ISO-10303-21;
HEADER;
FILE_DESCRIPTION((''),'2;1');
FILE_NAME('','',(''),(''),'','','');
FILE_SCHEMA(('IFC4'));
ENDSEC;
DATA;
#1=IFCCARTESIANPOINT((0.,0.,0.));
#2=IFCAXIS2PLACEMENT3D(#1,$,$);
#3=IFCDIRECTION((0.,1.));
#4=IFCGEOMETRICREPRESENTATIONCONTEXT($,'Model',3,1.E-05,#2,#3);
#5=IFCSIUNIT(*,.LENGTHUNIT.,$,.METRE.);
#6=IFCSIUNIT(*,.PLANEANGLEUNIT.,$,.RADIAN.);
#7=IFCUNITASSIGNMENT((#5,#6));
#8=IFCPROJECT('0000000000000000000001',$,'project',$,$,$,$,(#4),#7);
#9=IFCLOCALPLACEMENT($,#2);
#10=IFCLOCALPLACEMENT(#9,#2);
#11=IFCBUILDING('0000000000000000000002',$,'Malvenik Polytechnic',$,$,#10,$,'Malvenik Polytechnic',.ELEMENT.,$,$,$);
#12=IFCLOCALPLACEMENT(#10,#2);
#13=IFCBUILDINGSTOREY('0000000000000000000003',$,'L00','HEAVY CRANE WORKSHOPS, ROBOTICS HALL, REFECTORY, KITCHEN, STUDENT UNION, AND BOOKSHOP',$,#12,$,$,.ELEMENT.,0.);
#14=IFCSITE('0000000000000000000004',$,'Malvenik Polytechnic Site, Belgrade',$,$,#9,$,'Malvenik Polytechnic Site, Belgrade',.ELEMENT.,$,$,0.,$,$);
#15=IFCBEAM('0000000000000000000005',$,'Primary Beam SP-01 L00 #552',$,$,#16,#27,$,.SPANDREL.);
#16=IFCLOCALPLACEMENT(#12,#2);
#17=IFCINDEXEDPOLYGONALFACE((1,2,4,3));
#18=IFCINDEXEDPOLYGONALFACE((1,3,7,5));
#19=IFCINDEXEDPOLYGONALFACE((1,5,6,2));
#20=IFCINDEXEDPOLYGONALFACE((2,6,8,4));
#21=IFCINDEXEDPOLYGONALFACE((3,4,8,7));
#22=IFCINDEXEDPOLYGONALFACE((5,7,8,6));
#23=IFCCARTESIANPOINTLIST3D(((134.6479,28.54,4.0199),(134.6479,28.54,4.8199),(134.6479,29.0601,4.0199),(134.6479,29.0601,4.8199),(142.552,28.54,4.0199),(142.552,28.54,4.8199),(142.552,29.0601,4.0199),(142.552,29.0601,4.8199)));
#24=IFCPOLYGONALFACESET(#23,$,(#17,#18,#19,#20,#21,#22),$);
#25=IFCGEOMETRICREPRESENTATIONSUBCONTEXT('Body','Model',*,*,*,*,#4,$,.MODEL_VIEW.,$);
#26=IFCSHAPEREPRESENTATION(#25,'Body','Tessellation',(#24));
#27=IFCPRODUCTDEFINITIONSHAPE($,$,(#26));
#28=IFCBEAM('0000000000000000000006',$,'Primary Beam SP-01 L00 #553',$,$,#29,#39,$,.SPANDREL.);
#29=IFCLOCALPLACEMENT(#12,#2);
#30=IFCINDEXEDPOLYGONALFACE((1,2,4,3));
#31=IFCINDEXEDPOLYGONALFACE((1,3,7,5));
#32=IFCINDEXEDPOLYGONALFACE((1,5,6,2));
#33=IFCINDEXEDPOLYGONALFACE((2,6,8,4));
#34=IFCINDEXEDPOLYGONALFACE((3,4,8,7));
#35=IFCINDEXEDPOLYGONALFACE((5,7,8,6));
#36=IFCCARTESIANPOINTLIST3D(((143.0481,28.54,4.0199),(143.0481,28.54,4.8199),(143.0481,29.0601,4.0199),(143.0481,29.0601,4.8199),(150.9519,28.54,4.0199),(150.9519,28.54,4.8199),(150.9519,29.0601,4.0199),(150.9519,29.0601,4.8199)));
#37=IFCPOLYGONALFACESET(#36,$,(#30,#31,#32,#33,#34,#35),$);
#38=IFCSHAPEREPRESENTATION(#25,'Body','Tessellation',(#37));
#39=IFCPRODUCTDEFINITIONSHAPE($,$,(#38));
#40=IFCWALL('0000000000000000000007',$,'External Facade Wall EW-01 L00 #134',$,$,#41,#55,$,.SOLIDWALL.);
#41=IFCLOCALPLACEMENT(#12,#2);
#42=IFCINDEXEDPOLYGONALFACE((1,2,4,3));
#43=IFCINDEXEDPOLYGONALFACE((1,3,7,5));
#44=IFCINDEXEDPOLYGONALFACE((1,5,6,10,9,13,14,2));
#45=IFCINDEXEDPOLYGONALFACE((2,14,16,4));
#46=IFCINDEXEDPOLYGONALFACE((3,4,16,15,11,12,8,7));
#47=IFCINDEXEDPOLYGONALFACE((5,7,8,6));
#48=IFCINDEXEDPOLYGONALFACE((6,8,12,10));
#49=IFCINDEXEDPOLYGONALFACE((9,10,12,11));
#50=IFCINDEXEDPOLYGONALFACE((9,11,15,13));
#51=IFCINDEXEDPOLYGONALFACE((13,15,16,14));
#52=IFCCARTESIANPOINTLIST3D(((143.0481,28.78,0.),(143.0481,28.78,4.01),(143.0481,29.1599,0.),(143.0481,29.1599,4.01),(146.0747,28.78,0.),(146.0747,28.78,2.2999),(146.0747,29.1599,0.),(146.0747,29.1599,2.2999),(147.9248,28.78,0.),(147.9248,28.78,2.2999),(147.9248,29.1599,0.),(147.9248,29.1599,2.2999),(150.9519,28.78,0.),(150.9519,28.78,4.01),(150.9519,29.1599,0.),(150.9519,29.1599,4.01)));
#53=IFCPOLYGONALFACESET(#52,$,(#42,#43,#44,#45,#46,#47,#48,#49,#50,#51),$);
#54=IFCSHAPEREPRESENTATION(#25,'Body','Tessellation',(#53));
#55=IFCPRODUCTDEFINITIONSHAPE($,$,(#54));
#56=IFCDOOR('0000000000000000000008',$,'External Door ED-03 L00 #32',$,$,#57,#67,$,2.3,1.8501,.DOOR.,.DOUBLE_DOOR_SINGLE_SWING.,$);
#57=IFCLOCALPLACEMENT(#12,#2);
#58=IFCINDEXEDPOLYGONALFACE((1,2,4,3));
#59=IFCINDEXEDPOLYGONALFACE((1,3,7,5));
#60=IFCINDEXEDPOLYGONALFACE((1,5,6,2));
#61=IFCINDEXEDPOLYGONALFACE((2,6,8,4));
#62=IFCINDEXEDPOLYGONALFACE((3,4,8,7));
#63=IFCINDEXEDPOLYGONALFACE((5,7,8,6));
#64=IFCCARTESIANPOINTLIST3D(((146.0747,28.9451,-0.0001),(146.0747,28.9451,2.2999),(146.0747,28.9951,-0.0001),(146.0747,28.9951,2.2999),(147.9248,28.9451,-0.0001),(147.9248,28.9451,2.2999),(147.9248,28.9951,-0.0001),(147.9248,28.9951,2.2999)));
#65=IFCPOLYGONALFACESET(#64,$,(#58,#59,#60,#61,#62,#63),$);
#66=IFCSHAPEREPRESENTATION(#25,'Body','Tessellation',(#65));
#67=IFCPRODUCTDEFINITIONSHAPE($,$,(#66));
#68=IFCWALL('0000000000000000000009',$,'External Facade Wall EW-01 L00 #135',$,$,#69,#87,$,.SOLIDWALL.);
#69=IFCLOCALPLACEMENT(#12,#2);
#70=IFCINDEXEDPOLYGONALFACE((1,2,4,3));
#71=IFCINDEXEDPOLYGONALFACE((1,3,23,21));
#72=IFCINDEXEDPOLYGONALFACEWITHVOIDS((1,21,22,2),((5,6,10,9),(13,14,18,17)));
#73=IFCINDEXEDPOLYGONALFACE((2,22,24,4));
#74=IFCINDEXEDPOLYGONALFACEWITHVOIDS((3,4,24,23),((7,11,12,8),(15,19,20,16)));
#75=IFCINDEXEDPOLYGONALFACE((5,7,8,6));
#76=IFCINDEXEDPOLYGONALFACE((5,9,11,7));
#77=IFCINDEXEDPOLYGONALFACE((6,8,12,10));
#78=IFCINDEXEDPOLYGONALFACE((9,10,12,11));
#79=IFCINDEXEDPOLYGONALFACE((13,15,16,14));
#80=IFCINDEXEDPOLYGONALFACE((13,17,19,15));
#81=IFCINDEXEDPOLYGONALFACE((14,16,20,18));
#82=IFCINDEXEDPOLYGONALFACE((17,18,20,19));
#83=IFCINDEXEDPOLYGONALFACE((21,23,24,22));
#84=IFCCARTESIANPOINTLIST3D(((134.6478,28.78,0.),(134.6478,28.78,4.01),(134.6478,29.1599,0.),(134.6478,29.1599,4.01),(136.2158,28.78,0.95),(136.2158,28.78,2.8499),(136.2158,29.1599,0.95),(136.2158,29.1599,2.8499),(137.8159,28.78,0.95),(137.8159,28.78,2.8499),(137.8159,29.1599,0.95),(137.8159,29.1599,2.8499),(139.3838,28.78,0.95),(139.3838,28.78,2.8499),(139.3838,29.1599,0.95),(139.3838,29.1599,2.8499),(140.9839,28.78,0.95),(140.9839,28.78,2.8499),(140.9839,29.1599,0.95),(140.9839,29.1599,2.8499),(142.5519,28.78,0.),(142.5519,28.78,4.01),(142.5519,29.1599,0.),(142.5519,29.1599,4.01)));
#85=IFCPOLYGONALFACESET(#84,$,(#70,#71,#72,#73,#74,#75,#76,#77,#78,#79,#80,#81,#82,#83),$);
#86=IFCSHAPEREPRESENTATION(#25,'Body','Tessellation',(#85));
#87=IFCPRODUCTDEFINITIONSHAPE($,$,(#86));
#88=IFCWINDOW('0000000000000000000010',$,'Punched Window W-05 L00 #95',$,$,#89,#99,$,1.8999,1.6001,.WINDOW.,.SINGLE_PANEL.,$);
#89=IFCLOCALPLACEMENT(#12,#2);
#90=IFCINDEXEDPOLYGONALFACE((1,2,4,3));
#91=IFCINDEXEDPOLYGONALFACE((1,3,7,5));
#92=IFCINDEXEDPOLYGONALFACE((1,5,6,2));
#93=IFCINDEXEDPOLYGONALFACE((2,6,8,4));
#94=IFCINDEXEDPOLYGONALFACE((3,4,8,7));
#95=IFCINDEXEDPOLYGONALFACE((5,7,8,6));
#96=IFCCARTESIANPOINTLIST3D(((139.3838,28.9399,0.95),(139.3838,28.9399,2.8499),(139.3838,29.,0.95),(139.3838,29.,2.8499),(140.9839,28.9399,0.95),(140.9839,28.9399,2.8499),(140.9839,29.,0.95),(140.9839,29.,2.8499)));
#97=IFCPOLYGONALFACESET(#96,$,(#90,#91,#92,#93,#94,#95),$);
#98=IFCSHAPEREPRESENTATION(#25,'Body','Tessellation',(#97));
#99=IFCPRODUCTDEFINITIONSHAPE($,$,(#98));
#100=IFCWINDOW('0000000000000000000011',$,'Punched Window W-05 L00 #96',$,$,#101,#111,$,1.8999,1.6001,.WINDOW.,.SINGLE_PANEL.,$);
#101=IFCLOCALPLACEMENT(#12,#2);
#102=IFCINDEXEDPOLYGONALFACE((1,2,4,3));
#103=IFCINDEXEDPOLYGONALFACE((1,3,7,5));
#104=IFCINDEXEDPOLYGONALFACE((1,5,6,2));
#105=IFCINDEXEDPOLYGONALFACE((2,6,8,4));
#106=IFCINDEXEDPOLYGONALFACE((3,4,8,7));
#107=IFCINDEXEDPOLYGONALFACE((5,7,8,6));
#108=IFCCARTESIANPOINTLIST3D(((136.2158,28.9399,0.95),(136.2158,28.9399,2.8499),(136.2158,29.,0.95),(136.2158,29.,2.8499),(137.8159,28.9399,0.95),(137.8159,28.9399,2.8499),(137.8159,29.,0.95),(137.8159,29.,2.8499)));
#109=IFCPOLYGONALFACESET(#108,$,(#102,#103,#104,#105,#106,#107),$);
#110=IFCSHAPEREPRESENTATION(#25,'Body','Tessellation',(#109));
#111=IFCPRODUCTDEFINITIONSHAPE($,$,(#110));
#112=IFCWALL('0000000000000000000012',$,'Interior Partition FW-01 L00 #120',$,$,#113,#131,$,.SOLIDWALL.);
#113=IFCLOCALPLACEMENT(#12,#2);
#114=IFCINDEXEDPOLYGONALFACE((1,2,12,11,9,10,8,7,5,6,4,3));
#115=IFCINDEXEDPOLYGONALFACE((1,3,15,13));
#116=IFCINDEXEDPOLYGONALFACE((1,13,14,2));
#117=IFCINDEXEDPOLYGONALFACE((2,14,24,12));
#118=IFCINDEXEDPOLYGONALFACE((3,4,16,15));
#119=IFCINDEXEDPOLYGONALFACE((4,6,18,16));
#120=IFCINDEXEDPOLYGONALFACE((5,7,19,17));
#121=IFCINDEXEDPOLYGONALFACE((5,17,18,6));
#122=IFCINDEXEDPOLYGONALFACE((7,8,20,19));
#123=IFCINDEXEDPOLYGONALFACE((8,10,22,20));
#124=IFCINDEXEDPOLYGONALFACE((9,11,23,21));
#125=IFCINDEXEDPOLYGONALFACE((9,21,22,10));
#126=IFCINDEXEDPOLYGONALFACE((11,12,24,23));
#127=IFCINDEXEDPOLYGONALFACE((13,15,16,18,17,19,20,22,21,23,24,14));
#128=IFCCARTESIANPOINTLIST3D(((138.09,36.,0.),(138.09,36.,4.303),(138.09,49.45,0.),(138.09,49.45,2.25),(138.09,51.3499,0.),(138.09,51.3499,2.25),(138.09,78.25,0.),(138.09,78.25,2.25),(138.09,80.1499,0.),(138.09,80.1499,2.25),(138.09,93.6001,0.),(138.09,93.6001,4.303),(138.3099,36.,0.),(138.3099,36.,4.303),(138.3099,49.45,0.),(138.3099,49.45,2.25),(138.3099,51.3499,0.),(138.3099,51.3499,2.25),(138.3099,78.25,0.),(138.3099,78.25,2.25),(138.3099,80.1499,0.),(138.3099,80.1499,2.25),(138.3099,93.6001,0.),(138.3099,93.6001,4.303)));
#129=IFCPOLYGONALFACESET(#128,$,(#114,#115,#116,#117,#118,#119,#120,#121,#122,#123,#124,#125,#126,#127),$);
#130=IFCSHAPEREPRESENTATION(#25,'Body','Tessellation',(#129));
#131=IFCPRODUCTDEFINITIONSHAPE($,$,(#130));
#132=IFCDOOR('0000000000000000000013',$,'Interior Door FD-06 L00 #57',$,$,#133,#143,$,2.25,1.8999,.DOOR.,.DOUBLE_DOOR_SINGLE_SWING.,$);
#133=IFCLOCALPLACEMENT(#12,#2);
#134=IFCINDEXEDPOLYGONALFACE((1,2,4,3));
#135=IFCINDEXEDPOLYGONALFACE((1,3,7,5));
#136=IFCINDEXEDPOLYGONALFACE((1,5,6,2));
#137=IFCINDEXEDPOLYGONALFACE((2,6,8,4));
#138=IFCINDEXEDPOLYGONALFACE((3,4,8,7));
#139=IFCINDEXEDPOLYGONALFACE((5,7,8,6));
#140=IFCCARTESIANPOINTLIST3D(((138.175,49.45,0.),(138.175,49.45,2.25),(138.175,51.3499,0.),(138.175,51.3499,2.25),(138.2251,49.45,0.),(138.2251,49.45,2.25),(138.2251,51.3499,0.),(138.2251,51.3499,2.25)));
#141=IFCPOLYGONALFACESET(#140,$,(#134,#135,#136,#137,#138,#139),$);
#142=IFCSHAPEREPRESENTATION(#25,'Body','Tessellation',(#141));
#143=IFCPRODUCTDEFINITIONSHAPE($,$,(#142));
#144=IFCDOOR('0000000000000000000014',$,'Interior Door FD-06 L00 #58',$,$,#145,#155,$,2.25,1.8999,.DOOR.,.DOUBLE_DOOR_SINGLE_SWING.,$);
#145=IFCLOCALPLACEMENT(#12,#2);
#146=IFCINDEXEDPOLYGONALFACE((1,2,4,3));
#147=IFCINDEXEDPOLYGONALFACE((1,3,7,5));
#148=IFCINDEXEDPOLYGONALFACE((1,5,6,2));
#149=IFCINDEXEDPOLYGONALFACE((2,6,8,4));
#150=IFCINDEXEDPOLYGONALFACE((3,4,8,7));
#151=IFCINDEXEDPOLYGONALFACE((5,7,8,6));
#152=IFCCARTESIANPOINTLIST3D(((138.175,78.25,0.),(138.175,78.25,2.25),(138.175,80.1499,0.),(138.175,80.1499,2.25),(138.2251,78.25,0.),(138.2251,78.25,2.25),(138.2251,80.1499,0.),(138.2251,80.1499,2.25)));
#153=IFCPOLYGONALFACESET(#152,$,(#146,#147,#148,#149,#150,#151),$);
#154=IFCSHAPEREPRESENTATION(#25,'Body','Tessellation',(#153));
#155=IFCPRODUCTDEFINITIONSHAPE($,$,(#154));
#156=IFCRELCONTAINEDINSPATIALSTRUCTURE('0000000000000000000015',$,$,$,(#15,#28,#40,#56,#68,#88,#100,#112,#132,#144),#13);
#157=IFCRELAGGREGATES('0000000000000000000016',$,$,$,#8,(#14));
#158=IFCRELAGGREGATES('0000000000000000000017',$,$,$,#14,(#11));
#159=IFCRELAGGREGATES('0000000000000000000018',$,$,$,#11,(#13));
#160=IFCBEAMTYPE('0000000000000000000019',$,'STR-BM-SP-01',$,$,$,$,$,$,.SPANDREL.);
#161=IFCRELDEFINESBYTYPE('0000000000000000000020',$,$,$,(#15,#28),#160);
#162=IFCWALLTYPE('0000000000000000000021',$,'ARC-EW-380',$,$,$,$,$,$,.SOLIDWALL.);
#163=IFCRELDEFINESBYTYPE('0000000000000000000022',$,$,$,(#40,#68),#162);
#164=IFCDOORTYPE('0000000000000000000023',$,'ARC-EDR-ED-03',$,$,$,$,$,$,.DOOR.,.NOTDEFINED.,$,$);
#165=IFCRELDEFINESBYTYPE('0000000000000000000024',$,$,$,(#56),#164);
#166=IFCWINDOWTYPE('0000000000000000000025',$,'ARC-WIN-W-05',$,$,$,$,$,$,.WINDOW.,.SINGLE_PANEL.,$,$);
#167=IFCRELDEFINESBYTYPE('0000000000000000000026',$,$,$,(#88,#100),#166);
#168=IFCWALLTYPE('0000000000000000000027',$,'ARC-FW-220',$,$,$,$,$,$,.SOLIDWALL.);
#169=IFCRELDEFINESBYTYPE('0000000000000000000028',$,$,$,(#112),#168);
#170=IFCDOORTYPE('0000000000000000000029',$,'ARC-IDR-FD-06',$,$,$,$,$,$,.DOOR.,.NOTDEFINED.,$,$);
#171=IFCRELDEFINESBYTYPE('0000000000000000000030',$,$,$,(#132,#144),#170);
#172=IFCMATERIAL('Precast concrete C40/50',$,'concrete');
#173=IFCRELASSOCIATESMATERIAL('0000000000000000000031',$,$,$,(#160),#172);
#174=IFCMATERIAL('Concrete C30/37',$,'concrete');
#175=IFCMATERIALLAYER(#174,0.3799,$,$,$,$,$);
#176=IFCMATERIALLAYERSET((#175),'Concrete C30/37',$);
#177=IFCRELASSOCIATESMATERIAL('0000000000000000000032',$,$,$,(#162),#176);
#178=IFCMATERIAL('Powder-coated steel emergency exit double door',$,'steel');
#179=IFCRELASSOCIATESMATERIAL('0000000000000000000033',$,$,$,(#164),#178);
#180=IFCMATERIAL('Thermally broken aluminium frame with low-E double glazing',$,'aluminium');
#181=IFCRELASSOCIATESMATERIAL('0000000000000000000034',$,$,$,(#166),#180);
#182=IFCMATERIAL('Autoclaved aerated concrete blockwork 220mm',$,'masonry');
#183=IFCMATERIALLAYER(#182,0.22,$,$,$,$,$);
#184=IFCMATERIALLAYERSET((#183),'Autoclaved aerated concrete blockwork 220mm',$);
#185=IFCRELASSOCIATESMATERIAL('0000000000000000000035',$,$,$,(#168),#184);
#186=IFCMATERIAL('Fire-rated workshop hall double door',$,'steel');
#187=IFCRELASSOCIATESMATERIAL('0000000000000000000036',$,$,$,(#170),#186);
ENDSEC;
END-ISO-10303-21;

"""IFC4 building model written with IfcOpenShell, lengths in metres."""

from ifc_helpers import new_model, si_unit, direction, frame, frame_2d, origin, origin_2d, place, context, subcontext, project, spatial, rectangle, extrude, material, layer, layer_set, material_profile, profile_set, type_object, element, fill, save


model = new_model("IFC4")

# Units and contexts
model_context = context("Model", 3, precision=1e-05, world=origin(), true_north=direction((0.0, 1.0)))
body_context = subcontext(model_context, "Body", "Model", "MODEL_VIEW")
ifc_project = project(units=[si_unit("LENGTHUNIT", "METRE"), si_unit("PLANEANGLEUNIT", "RADIAN")], contexts=[model_context])

# Site, building, storey
site_placement = place(None, origin())
site = spatial("IfcSite", under=ifc_project, at=site_placement, Name="Malvenik Polytechnic Site, Belgrade", LongName="Malvenik Polytechnic Site, Belgrade", CompositionType="ELEMENT", RefElevation=0.0)
building_placement = place(site_placement, origin())
building = spatial("IfcBuilding", under=site, at=building_placement, Name="Malvenik Polytechnic", LongName="Malvenik Polytechnic", CompositionType="ELEMENT")
storey_placement = place(building_placement, origin())
storey = spatial("IfcBuildingStorey", under=building, at=storey_placement, Name="L00", Description="HEAVY CRANE WORKSHOPS, ROBOTICS HALL, REFECTORY, KITCHEN, STUDENT UNION, AND BOOKSHOP", CompositionType="ELEMENT", Elevation=0.0)

# Beams
ifc_material_1 = material(Name="Concrete C30/37", Category="concrete")
ifc_material_2 = material(Name="Precast concrete C40/50", Category="concrete")
ifc_material_profile_1 = material_profile(ifc_material_2, rectangle(XDim=0.52, YDim=0.8, at=origin_2d()), Name="PC SPN 520x800")
ifc_profile_set_1 = profile_set([ifc_material_profile_1], Name="Precast concrete C40/50")
beam_type_1 = type_object("IfcBeamType", Name="STR-BM-SP-01", PredefinedType="SPANDREL", material=ifc_profile_set_1)
beam_1_placement = place(storey_placement, frame((134.6479, 28.8, 4.4199), z_axis=(1.0, 0.0, 0.0), x_axis=(0.0, 1.0, 0.0)))
element("IfcBeam", 1, at=beam_1_placement, inside=storey, type_object=beam_type_1, Name="Primary Beam SP-01 L00 #552", PredefinedType="SPANDREL", context=body_context, shape_type="SweptSolid", body=[
    extrude(rectangle(XDim=0.52, YDim=0.8, at=origin_2d()), origin(), (0.0, 0.0, 1.0), 7.9041),
])
beam_2_placement = place(storey_placement, frame((143.0481, 28.8, 4.4199), z_axis=(1.0, 0.0, 0.0), x_axis=(0.0, 1.0, 0.0)))
element("IfcBeam", 2, at=beam_2_placement, inside=storey, type_object=beam_type_1, Name="Primary Beam SP-01 L00 #553", PredefinedType="SPANDREL", context=body_context, shape_type="SweptSolid", body=[
    extrude(rectangle(XDim=0.52, YDim=0.8, at=origin_2d()), origin(), (0.0, 0.0, 1.0), 7.9038),
])

# Wall, opening, door
ifc_layer_1 = layer(ifc_material_1, 0.3799)
ifc_layer_set_1 = layer_set([ifc_layer_1], Name="Concrete C30/37")
wall_type_1 = type_object("IfcWallType", Name="ARC-EW-380", PredefinedType="SOLIDWALL", material=ifc_layer_set_1)
wall_1_placement = place(storey_placement, frame((150.9519, 28.97, 0.0), z_axis=(0.0, 0.0, 1.0), x_axis=(-1.0, 0.0, 0.0)))
wall_1 = element("IfcWall", 3, at=wall_1_placement, inside=storey, type_object=wall_type_1, Name="External Facade Wall EW-01 L00 #134", PredefinedType="SOLIDWALL", context=body_context, shape_type="SweptSolid", body=[
    extrude(rectangle(XDim=7.9038, YDim=0.3799, at=frame_2d((3.9519, 0.0))), origin(), (0.0, 0.0, 1.0), 4.01),
])
opening_1_placement = place(wall_1_placement, frame((3.0271, 0.0, 0.0)))
opening_1 = element("IfcOpeningElement", 4, at=opening_1_placement, cuts=wall_1, PredefinedType="OPENING", context=body_context, shape_type="SweptSolid", body=[
    extrude(rectangle(XDim=1.8501, YDim=2.3, at=frame_2d((0.925, 1.1499))), frame((0.0, 0.2, 0.0), z_axis=(0.0, -1.0, 0.0), x_axis=(1.0, 0.0, 0.0)), (0.0, 0.0, 1.0), 0.3999),
])
ifc_material_3 = material(Name="Powder-coated steel emergency exit double door", Category="steel")
door_type_1 = type_object("IfcDoorType", Name="ARC-EDR-ED-03", OperationType="NOTDEFINED", PredefinedType="DOOR", material=ifc_material_3)
door_1_placement = place(opening_1_placement, origin())
door_1 = element("IfcDoor", 5, at=door_1_placement, inside=storey, type_object=door_type_1, Name="External Door ED-03 L00 #32", OperationType="DOUBLE_DOOR_SINGLE_SWING", OverallHeight=2.3, OverallWidth=1.8501, PredefinedType="DOOR", context=body_context, shape_type="SweptSolid", body=[
    extrude(rectangle(XDim=1.8501, YDim=2.3, at=frame_2d((0.925, 1.1499))), frame((0.0, 0.0249, 0.0), z_axis=(0.0, -1.0, 0.0), x_axis=(1.0, 0.0, 0.0)), (0.0, 0.0, 1.0), 0.05),
])
fill(opening_1, door_1)

# Wall, openings, windows
wall_2_placement = place(storey_placement, frame((142.552, 28.97, 0.0), z_axis=(0.0, 0.0, 1.0), x_axis=(-1.0, 0.0, 0.0)))
wall_2 = element("IfcWall", 6, at=wall_2_placement, inside=storey, type_object=wall_type_1, Name="External Facade Wall EW-01 L00 #135", PredefinedType="SOLIDWALL", context=body_context, shape_type="SweptSolid", body=[
    extrude(rectangle(XDim=7.9041, YDim=0.3799, at=frame_2d((3.9521, 0.0))), origin(), (0.0, 0.0, 1.0), 4.01),
])
opening_2_placement = place(wall_2_placement, frame((1.5681, 0.0, 0.95)))
opening_2 = element("IfcOpeningElement", 7, at=opening_2_placement, cuts=wall_2, PredefinedType="OPENING", context=body_context, shape_type="SweptSolid", body=[
    extrude(rectangle(XDim=1.6001, YDim=1.8999, at=frame_2d((0.8, 0.95))), frame((0.0, 0.2, 0.0), z_axis=(0.0, -1.0, 0.0), x_axis=(1.0, 0.0, 0.0)), (0.0, 0.0, 1.0), 0.3999),
])
opening_3_placement = place(wall_2_placement, frame((4.7361, 0.0, 0.95)))
opening_3 = element("IfcOpeningElement", 8, at=opening_3_placement, cuts=wall_2, PredefinedType="OPENING", context=body_context, shape_type="SweptSolid", body=[
    extrude(rectangle(XDim=1.6001, YDim=1.8999, at=frame_2d((0.8, 0.95))), frame((0.0, 0.2, 0.0), z_axis=(0.0, -1.0, 0.0), x_axis=(1.0, 0.0, 0.0)), (0.0, 0.0, 1.0), 0.3999),
])
ifc_material_4 = material(Name="Thermally broken aluminium frame with low-E double glazing", Category="aluminium")
window_type = type_object("IfcWindowType", Name="ARC-WIN-W-05", PartitioningType="SINGLE_PANEL", PredefinedType="WINDOW", material=ifc_material_4)
window_1_placement = place(opening_2_placement, origin())
window_1 = element("IfcWindow", 9, at=window_1_placement, inside=storey, type_object=window_type, Name="Punched Window W-05 L00 #95", OverallHeight=1.8999, OverallWidth=1.6001, PartitioningType="SINGLE_PANEL", PredefinedType="WINDOW", context=body_context, shape_type="SweptSolid", body=[
    extrude(rectangle(XDim=1.6001, YDim=1.8999, at=frame_2d((0.8, 0.95))), frame((0.0, 0.03, 0.0), z_axis=(0.0, -1.0, 0.0), x_axis=(1.0, 0.0, 0.0)), (0.0, 0.0, 1.0), 0.0601),
])
fill(opening_2, window_1)
window_2_placement = place(opening_3_placement, origin())
window_2 = element("IfcWindow", 10, at=window_2_placement, inside=storey, type_object=window_type, Name="Punched Window W-05 L00 #96", OverallHeight=1.8999, OverallWidth=1.6001, PartitioningType="SINGLE_PANEL", PredefinedType="WINDOW", context=body_context, shape_type="SweptSolid", body=[
    extrude(rectangle(XDim=1.6001, YDim=1.8999, at=frame_2d((0.8, 0.95))), frame((0.0, 0.03, 0.0), z_axis=(0.0, -1.0, 0.0), x_axis=(1.0, 0.0, 0.0)), (0.0, 0.0, 1.0), 0.0601),
])
fill(opening_3, window_2)

# Wall, openings, doors
ifc_material_5 = material(Name="Autoclaved aerated concrete blockwork 220mm", Category="masonry")
ifc_layer_2 = layer(ifc_material_5, 0.22)
ifc_layer_set_2 = layer_set([ifc_layer_2], Name="Autoclaved aerated concrete blockwork 220mm")
wall_type_2 = type_object("IfcWallType", Name="ARC-FW-220", PredefinedType="SOLIDWALL", material=ifc_layer_set_2)
wall_3_placement = place(storey_placement, frame((138.2, 36.0, 0.0), z_axis=(0.0, 0.0, 1.0), x_axis=(0.0, 1.0, 0.0)))
wall_3 = element("IfcWall", 11, at=wall_3_placement, inside=storey, type_object=wall_type_2, Name="Interior Partition FW-01 L00 #120", PredefinedType="SOLIDWALL", context=body_context, shape_type="SweptSolid", body=[
    extrude(rectangle(XDim=57.6001, YDim=0.22, at=frame_2d((28.8, 0.0))), origin(), (0.0, 0.0, 1.0), 4.303),
])
opening_4_placement = place(wall_3_placement, frame((13.45, 0.0, 0.0)))
opening_4 = element("IfcOpeningElement", 12, at=opening_4_placement, cuts=wall_3, PredefinedType="OPENING", context=body_context, shape_type="SweptSolid", body=[
    extrude(rectangle(XDim=1.8999, YDim=2.25, at=frame_2d((0.95, 1.125))), frame((0.0, 0.1201, 0.0), z_axis=(0.0, -1.0, 0.0), x_axis=(1.0, 0.0, 0.0)), (0.0, 0.0, 1.0), 0.24),
])
opening_5_placement = place(wall_3_placement, frame((42.25, 0.0, 0.0)))
opening_5 = element("IfcOpeningElement", 13, at=opening_5_placement, cuts=wall_3, PredefinedType="OPENING", context=body_context, shape_type="SweptSolid", body=[
    extrude(rectangle(XDim=1.8999, YDim=2.25, at=frame_2d((0.95, 1.125))), frame((0.0, 0.1201, 0.0), z_axis=(0.0, -1.0, 0.0), x_axis=(1.0, 0.0, 0.0)), (0.0, 0.0, 1.0), 0.24),
])
ifc_material_6 = material(Name="Fire-rated workshop hall double door", Category="steel")
door_type_2 = type_object("IfcDoorType", Name="ARC-IDR-FD-06", OperationType="NOTDEFINED", PredefinedType="DOOR", material=ifc_material_6)
door_2_placement = place(opening_4_placement, origin())
door_2 = element("IfcDoor", 14, at=door_2_placement, inside=storey, type_object=door_type_2, Name="Interior Door FD-06 L00 #57", OperationType="DOUBLE_DOOR_SINGLE_SWING", OverallHeight=2.25, OverallWidth=1.8999, PredefinedType="DOOR", context=body_context, shape_type="SweptSolid", body=[
    extrude(rectangle(XDim=1.8999, YDim=2.25, at=frame_2d((0.95, 1.125))), frame((0.0, 0.0249, 0.0), z_axis=(0.0, -1.0, 0.0), x_axis=(1.0, 0.0, 0.0)), (0.0, 0.0, 1.0), 0.05),
])
fill(opening_4, door_2)
door_3_placement = place(opening_5_placement, origin())
door_3 = element("IfcDoor", 15, at=door_3_placement, inside=storey, type_object=door_type_2, Name="Interior Door FD-06 L00 #58", OperationType="DOUBLE_DOOR_SINGLE_SWING", OverallHeight=2.25, OverallWidth=1.8999, PredefinedType="DOOR", context=body_context, shape_type="SweptSolid", body=[
    extrude(rectangle(XDim=1.8999, YDim=2.25, at=frame_2d((0.95, 1.125))), frame((0.0, 0.0249, 0.0), z_axis=(0.0, -1.0, 0.0), x_axis=(1.0, 0.0, 0.0)), (0.0, 0.0, 1.0), 0.05),
])
fill(opening_5, door_3)

save(model, "model.ifc")
